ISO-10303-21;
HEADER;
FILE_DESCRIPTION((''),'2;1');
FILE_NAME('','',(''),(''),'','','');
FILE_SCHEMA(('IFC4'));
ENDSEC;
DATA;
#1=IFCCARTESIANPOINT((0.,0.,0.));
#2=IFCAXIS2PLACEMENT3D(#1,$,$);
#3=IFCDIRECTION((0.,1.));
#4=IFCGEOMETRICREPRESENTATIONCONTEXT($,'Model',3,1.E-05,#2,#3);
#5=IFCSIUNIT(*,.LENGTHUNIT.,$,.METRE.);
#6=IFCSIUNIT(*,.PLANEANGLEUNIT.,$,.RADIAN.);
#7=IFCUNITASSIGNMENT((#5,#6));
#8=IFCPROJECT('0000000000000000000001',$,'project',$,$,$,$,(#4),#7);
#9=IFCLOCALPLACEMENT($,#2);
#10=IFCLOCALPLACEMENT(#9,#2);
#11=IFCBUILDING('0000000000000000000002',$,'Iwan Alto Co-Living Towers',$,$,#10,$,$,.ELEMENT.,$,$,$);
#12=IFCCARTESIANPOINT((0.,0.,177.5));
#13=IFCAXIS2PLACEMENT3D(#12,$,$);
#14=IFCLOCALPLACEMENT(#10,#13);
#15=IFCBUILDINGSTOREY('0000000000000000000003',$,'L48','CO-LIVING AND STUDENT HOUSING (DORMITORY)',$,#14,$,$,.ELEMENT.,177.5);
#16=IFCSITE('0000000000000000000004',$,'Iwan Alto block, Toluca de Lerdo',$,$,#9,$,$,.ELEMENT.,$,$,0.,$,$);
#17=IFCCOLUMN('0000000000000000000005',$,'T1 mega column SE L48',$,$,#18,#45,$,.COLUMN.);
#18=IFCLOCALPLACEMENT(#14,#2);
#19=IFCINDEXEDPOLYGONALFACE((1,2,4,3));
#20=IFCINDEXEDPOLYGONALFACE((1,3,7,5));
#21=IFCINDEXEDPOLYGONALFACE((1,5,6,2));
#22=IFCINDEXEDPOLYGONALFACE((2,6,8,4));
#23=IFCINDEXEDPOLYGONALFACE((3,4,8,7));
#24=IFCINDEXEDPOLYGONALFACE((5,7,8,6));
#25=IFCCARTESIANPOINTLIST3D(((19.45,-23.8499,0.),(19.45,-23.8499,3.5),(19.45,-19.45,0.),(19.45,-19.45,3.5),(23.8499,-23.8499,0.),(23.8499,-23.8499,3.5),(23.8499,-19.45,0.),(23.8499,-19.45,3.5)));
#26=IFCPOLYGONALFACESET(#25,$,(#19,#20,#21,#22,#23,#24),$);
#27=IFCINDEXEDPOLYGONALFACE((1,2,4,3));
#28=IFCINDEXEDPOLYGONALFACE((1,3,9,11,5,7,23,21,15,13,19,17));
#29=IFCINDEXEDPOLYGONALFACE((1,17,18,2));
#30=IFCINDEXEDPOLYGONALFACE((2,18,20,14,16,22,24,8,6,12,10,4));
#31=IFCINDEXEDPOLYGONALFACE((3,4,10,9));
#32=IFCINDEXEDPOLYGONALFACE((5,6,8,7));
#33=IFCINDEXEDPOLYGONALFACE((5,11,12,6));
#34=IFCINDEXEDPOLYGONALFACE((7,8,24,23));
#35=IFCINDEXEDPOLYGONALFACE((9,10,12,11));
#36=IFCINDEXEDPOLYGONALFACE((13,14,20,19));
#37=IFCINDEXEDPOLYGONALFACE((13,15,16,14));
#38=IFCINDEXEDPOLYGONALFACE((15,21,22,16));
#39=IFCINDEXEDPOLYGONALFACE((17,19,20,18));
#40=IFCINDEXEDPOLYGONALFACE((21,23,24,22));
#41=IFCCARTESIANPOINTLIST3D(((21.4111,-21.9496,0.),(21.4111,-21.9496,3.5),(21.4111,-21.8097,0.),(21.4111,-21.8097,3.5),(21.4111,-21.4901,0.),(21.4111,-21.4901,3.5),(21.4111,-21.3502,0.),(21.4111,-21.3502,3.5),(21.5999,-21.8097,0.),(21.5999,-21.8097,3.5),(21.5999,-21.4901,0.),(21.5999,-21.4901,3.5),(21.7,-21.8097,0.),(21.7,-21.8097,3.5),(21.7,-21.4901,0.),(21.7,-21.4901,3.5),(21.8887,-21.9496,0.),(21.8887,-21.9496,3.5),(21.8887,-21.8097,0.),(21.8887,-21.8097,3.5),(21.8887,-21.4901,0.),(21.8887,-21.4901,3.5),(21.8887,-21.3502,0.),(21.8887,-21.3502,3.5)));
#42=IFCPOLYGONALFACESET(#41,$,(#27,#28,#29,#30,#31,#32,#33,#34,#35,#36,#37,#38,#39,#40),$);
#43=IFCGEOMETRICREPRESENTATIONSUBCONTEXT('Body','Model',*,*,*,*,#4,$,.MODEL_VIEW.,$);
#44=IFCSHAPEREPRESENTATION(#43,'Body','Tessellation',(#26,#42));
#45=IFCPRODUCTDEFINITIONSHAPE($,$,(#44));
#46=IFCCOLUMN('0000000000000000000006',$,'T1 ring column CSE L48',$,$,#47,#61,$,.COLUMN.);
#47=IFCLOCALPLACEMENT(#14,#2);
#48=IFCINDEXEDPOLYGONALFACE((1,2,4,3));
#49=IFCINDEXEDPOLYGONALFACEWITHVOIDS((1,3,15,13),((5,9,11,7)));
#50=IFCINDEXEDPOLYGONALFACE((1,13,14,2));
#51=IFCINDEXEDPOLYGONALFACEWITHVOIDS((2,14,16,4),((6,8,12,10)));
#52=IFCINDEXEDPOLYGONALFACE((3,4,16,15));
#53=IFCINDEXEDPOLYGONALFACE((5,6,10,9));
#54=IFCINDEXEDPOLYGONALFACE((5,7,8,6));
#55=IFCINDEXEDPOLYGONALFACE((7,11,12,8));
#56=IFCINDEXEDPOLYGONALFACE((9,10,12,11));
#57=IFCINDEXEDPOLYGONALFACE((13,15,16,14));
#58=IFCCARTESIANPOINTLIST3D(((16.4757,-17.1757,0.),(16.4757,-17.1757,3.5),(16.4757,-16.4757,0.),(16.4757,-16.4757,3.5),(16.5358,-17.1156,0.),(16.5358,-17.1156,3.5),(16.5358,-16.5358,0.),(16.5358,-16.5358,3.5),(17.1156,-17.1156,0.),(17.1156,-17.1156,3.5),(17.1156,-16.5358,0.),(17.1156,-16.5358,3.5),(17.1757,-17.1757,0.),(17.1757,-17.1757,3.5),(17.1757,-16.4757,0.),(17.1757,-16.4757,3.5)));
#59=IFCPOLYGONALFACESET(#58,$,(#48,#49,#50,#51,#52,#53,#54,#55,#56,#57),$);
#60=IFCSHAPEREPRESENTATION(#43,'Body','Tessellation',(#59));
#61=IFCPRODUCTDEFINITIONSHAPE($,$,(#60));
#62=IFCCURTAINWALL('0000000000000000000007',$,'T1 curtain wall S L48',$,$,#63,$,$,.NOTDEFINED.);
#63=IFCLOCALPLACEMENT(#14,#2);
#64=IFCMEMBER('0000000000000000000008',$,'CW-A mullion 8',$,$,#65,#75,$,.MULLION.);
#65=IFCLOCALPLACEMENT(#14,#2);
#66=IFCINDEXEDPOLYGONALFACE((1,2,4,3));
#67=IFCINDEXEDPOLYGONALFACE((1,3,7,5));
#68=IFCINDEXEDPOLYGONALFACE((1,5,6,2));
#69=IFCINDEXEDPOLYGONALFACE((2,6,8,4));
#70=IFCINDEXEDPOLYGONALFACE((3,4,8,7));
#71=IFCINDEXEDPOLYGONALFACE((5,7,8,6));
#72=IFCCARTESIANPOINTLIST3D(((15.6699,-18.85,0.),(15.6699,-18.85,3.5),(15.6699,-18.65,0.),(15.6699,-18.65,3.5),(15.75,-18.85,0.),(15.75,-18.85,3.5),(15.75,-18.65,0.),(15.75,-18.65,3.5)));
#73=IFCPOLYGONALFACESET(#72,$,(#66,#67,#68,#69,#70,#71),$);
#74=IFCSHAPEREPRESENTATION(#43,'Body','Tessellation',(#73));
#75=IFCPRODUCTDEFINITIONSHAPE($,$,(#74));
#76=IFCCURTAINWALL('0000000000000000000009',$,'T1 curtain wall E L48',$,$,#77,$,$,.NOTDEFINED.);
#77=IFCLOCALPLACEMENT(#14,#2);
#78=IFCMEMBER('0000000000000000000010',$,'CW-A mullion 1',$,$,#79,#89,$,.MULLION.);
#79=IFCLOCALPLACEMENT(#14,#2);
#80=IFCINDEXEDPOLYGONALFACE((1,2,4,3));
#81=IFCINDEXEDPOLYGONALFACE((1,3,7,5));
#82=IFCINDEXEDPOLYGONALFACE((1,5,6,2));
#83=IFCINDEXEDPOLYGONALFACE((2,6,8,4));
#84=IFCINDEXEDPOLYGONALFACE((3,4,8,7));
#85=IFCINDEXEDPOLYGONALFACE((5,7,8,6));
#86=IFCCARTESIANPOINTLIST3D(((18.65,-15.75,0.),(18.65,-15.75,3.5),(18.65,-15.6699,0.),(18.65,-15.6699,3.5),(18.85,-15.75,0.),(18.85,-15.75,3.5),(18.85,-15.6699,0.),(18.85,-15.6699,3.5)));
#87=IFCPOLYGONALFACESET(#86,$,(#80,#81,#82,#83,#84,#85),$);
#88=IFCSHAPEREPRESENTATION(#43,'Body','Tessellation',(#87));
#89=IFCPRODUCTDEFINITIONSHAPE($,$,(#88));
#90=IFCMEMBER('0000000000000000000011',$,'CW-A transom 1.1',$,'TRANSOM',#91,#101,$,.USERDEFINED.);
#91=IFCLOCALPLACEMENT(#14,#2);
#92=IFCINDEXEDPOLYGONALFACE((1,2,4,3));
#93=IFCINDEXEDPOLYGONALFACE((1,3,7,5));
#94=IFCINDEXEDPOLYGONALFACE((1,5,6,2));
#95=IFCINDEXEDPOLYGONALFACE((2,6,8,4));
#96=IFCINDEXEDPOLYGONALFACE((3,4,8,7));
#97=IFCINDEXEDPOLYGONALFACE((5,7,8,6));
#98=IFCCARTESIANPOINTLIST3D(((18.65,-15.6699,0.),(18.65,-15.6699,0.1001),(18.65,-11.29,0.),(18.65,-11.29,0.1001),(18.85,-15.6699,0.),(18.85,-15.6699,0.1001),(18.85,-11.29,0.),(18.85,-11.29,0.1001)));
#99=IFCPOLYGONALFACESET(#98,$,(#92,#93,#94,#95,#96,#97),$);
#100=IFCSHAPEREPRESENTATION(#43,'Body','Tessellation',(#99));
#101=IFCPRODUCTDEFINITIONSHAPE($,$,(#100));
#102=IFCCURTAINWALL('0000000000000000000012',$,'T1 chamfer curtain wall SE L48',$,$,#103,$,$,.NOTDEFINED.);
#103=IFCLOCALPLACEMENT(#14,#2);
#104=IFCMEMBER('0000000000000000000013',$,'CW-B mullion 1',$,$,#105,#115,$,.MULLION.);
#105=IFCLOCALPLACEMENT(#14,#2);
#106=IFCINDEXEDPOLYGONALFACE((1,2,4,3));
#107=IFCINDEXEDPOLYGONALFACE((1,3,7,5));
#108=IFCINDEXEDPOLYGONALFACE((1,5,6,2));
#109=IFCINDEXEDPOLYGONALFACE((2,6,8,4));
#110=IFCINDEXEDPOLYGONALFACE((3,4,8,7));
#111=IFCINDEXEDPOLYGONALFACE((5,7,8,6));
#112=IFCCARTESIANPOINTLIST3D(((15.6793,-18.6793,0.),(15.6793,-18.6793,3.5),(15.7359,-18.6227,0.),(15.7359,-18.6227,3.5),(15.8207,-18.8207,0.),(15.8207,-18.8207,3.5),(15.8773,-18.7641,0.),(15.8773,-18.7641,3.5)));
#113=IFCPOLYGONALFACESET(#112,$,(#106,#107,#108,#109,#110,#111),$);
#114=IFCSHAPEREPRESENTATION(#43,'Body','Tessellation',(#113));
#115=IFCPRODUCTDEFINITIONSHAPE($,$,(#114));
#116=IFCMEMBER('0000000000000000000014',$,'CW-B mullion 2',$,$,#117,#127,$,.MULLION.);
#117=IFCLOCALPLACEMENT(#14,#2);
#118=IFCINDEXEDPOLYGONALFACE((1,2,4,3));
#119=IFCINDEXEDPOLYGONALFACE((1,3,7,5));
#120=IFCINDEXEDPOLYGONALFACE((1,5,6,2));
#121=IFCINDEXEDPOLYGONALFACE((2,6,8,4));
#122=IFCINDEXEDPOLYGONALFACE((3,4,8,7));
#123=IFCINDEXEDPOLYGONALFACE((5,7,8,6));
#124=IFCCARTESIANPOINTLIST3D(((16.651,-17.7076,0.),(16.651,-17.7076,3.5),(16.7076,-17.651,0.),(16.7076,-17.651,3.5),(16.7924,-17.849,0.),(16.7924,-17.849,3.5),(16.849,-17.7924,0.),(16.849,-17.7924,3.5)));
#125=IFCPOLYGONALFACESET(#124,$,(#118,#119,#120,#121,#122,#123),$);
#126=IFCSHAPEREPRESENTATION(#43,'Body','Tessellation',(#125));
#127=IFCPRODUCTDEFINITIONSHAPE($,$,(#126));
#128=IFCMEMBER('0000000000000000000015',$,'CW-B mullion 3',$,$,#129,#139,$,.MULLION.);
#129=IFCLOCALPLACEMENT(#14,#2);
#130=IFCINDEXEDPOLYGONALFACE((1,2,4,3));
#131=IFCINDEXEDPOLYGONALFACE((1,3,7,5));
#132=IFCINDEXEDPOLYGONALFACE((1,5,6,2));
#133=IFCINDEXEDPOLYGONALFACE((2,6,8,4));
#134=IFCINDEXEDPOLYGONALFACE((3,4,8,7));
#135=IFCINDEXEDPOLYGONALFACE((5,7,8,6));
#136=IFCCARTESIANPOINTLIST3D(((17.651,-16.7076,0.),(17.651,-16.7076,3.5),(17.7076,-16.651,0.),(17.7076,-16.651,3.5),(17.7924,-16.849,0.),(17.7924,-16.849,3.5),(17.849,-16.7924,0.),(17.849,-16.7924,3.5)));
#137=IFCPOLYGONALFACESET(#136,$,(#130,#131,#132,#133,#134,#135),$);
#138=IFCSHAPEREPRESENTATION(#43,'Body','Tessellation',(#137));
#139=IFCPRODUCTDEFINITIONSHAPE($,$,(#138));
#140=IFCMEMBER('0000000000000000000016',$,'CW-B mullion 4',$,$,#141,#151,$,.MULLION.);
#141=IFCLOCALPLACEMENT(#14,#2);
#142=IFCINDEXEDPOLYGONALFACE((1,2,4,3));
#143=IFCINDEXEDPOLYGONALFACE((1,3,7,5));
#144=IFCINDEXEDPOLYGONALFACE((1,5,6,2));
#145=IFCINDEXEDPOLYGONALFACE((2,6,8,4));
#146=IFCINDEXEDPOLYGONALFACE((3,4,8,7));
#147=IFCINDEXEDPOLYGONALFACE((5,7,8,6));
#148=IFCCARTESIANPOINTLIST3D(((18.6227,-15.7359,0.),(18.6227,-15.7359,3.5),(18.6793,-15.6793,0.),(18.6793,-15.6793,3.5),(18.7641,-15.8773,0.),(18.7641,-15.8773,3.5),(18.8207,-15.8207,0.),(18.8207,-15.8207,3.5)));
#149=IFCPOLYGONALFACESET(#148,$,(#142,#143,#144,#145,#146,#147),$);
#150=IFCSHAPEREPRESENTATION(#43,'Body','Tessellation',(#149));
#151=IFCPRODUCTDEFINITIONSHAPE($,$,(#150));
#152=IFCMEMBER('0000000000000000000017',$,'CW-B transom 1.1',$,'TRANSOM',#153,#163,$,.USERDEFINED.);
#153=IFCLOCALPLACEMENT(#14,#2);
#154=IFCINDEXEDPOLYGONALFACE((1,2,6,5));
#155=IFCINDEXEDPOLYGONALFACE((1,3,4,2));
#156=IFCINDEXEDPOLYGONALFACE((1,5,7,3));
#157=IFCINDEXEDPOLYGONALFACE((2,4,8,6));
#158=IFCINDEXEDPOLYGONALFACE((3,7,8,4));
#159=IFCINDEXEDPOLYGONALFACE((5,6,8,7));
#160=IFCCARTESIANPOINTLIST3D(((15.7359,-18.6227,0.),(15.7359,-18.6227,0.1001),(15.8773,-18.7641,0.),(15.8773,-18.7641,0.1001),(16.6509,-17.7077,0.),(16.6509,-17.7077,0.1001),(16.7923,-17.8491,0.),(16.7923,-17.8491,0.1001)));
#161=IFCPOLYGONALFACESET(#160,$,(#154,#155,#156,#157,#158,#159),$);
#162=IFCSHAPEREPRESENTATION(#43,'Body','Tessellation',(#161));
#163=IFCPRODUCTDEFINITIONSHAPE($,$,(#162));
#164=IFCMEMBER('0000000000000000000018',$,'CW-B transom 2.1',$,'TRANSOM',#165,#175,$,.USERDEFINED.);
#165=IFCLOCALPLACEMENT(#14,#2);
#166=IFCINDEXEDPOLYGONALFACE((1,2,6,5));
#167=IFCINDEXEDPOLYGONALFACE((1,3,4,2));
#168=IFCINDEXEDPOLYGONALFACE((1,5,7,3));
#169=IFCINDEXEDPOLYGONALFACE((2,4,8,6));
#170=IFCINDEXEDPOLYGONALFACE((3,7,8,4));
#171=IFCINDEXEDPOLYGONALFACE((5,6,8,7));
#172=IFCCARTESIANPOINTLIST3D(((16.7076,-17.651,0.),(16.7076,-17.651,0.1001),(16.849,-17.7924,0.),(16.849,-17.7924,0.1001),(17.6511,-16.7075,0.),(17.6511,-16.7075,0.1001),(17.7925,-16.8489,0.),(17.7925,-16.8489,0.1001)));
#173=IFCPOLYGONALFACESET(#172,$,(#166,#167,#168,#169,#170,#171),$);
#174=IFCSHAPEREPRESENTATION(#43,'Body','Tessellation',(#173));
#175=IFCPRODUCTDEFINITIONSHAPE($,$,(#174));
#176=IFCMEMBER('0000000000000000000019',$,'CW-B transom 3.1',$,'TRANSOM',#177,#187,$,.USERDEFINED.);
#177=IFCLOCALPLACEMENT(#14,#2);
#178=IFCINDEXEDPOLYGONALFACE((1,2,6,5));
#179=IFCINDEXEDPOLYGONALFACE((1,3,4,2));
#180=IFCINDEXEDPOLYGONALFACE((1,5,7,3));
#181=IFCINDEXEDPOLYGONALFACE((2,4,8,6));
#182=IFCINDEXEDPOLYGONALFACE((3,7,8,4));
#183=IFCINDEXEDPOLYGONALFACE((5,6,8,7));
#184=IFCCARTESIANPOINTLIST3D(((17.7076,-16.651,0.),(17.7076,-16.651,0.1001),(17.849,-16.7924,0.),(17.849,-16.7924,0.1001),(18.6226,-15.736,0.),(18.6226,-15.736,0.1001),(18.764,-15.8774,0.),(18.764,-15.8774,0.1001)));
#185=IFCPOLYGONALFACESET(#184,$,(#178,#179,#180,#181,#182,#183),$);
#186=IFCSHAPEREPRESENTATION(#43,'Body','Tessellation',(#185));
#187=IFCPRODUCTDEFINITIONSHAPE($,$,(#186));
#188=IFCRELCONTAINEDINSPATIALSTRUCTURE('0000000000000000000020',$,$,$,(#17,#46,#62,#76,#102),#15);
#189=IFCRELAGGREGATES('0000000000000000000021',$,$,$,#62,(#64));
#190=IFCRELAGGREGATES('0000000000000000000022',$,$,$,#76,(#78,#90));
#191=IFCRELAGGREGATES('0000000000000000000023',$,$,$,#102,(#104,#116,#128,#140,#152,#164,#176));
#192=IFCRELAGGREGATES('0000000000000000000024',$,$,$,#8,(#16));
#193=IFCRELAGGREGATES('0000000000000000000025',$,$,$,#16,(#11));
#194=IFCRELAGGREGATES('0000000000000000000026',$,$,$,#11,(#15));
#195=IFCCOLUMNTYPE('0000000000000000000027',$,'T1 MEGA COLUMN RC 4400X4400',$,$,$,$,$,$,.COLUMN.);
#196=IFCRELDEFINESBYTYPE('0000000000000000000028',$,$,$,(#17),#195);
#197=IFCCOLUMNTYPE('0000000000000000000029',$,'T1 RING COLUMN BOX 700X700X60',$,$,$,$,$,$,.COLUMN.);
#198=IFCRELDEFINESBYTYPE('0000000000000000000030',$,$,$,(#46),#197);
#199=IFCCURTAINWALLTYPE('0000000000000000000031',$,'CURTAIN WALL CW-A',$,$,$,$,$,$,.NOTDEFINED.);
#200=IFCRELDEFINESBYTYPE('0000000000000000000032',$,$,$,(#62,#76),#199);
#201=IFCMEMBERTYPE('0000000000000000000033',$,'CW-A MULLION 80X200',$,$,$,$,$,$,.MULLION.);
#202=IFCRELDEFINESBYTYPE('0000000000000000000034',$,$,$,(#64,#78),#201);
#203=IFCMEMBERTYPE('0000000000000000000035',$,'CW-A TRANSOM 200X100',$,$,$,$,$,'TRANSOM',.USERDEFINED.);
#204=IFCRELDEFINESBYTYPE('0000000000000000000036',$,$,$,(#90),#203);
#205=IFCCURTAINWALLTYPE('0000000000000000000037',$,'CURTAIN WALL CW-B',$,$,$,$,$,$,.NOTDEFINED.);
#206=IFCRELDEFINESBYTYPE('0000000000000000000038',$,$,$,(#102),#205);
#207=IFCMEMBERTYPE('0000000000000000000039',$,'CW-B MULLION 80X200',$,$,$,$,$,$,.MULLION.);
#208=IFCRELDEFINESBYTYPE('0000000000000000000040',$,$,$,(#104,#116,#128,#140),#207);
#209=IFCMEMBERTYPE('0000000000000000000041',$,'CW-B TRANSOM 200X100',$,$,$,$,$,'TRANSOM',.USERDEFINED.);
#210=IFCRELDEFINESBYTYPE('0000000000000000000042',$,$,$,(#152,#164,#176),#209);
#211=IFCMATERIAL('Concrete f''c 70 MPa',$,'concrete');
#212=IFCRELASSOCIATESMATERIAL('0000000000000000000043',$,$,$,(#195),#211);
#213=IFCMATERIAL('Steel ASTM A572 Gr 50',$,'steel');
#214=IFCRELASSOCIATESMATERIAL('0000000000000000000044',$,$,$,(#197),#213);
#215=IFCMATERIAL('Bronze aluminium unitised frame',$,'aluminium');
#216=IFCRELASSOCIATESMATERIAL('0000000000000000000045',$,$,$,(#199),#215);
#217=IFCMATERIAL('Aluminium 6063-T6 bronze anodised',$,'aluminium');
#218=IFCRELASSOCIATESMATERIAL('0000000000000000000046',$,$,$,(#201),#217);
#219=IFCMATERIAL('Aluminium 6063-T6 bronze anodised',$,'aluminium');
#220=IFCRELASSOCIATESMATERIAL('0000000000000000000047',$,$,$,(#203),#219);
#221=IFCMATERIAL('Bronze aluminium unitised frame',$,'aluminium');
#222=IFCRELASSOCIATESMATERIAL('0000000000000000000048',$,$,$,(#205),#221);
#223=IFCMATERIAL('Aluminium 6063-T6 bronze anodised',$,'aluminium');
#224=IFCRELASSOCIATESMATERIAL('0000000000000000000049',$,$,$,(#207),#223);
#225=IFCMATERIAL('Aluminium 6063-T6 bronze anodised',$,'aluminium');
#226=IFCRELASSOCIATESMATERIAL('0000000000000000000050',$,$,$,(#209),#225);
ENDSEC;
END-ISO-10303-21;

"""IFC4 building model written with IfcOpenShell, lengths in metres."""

from ifc_helpers import new_model, si_unit, direction, frame, origin, origin_2d, place, context, subcontext, project, spatial, rectangle, hollow_rectangle, i_section, extrude, material, material_profile, profile_set, type_object, element, aggregate, save


model = new_model("IFC4")

# Units and contexts
model_context = context("Model", 3, precision=1e-05, world=origin(), true_north=direction((0.0, 1.0)))
body_context = subcontext(model_context, "Body", "Model", "MODEL_VIEW")
ifc_project = project(units=[si_unit("LENGTHUNIT", "METRE"), si_unit("PLANEANGLEUNIT", "RADIAN")], contexts=[model_context])

# Site, building, storey
site_placement = place(None, origin())
site = spatial("IfcSite", under=ifc_project, at=site_placement, Name="Iwan Alto block, Toluca de Lerdo", CompositionType="ELEMENT", RefElevation=0.0)
building_placement = place(site_placement, origin())
building = spatial("IfcBuilding", under=site, at=building_placement, Name="Iwan Alto Co-Living Towers", CompositionType="ELEMENT")
storey_placement = place(building_placement, frame((0.0, 0.0, 177.5)))
storey = spatial("IfcBuildingStorey", under=building, at=storey_placement, Name="L48", Description="CO-LIVING AND STUDENT HOUSING (DORMITORY)", CompositionType="ELEMENT", Elevation=177.5)

# Columns
ifc_material_1 = material(Name="Concrete f'c 70 MPa", Category="concrete")
ifc_material_profile_1 = material_profile(ifc_material_1, rectangle(XDim=4.3999, YDim=4.3999, at=origin_2d()), Name="RC 4400X4400")
ifc_profile_set_1 = profile_set([ifc_material_profile_1], Name="Concrete f'c 70 MPa")
column_type_1 = type_object("IfcColumnType", Name="T1 MEGA COLUMN RC 4400X4400", PredefinedType="COLUMN", material=ifc_profile_set_1)
column_1_placement = place(storey_placement, frame((21.6499, -21.6499, 0.0), z_axis=(0.0, 0.0, 1.0), x_axis=(1.0, 0.0, 0.0)))
element("IfcColumn", 1, at=column_1_placement, inside=storey, type_object=column_type_1, Name="T1 mega column SE L48", PredefinedType="COLUMN", context=body_context, shape_type="SweptSolid", body=[
    extrude(rectangle(XDim=4.3999, YDim=4.3999, at=origin_2d()), origin(), (0.0, 0.0, 1.0), 3.5),
    extrude(i_section(OverallWidth=0.4775, OverallDepth=0.5994, WebThickness=0.1001, FlangeThickness=0.1399, at=origin_2d()), origin(), (0.0, 0.0, 1.0), 3.5),
])
ifc_material_2 = material(Name="Steel ASTM A572 Gr 50", Category="steel")
ifc_material_profile_2 = material_profile(ifc_material_2, hollow_rectangle(XDim=0.7, YDim=0.7, WallThickness=0.0601, at=origin_2d()), Name="BOX 700X700X60")
ifc_profile_set_2 = profile_set([ifc_material_profile_2], Name="Steel ASTM A572 Gr 50")
column_type_2 = type_object("IfcColumnType", Name="T1 RING COLUMN BOX 700X700X60", PredefinedType="COLUMN", material=ifc_profile_set_2)
column_2_placement = place(storey_placement, frame((16.8257, -16.8257, 0.0), z_axis=(0.0, 0.0, 1.0), x_axis=(1.0, 0.0, 0.0)))
element("IfcColumn", 2, at=column_2_placement, inside=storey, type_object=column_type_2, Name="T1 ring column CSE L48", PredefinedType="COLUMN", context=body_context, shape_type="SweptSolid", body=[
    extrude(hollow_rectangle(XDim=0.7, YDim=0.7, WallThickness=0.0601, at=origin_2d()), origin(), (0.0, 0.0, 1.0), 3.5),
])

# Curtain wall, member
ifc_material_3 = material(Name="Bronze aluminium unitised frame", Category="aluminium")
curtain_wall_type_1 = type_object("IfcCurtainWallType", Name="CURTAIN WALL CW-A", PredefinedType="NOTDEFINED", material=ifc_material_3)
curtain_wall_1_placement = place(storey_placement, origin())
curtain_wall_1 = element("IfcCurtainWall", 3, at=curtain_wall_1_placement, inside=storey, type_object=curtain_wall_type_1, Name="T1 curtain wall S L48", PredefinedType="NOTDEFINED")
ifc_material_4 = material(Name="Aluminium 6063-T6 bronze anodised", Category="aluminium")
ifc_material_profile_3 = material_profile(ifc_material_4, rectangle(XDim=0.2, YDim=0.0801, at=origin_2d()), Name="AL 80X200")
ifc_profile_set_3 = profile_set([ifc_material_profile_3], Name="Aluminium 6063-T6 bronze anodised")
member_type_1 = type_object("IfcMemberType", Name="CW-A MULLION 80X200", PredefinedType="MULLION", material=ifc_profile_set_3)
member_1_placement = place(storey_placement, frame((15.71, -18.75, 0.0), z_axis=(0.0, 0.0, 1.0), x_axis=(0.0, 1.0, 0.0)))
member_1 = element("IfcMember", 4, at=member_1_placement, type_object=member_type_1, Name="CW-A mullion 8", PredefinedType="MULLION", context=body_context, shape_type="SweptSolid", body=[
    extrude(rectangle(XDim=0.2, YDim=0.0801, at=origin_2d()), origin(), (0.0, 0.0, 1.0), 3.5),
])

# Curtain walls, members
curtain_wall_2_placement = place(storey_placement, origin())
curtain_wall_2 = element("IfcCurtainWall", 5, at=curtain_wall_2_placement, inside=storey, type_object=curtain_wall_type_1, Name="T1 curtain wall E L48", PredefinedType="NOTDEFINED")
member_2_placement = place(storey_placement, frame((18.75, -15.71, 0.0), z_axis=(0.0, 0.0, 1.0), x_axis=(-1.0, 0.0, 0.0)))
member_2 = element("IfcMember", 6, at=member_2_placement, type_object=member_type_1, Name="CW-A mullion 1", PredefinedType="MULLION", context=body_context, shape_type="SweptSolid", body=[
    extrude(rectangle(XDim=0.2, YDim=0.0801, at=origin_2d()), origin(), (0.0, 0.0, 1.0), 3.5),
])
ifc_material_5 = material(Name="Aluminium 6063-T6 bronze anodised", Category="aluminium")
ifc_material_profile_4 = material_profile(ifc_material_5, rectangle(XDim=0.2, YDim=0.1001, at=origin_2d()), Name="AL 200X100")
ifc_profile_set_4 = profile_set([ifc_material_profile_4], Name="Aluminium 6063-T6 bronze anodised")
member_type_2 = type_object("IfcMemberType", Name="CW-A TRANSOM 200X100", ElementType="TRANSOM", PredefinedType="USERDEFINED", material=ifc_profile_set_4)
member_3_placement = place(storey_placement, frame((18.75, -15.6699, 0.05), z_axis=(0.0, 1.0, 0.0), x_axis=(-1.0, 0.0, 0.0)))
member_3 = element("IfcMember", 7, at=member_3_placement, type_object=member_type_2, Name="CW-A transom 1.1", ObjectType="TRANSOM", PredefinedType="USERDEFINED", context=body_context, shape_type="SweptSolid", body=[
    extrude(rectangle(XDim=0.2, YDim=0.1001, at=origin_2d()), origin(), (0.0, 0.0, 1.0), 4.3799),
])
ifc_material_6 = material(Name="Bronze aluminium unitised frame", Category="aluminium")
curtain_wall_type_2 = type_object("IfcCurtainWallType", Name="CURTAIN WALL CW-B", PredefinedType="NOTDEFINED", material=ifc_material_6)
curtain_wall_3_placement = place(storey_placement, origin())
curtain_wall_3 = element("IfcCurtainWall", 8, at=curtain_wall_3_placement, inside=storey, type_object=curtain_wall_type_2, Name="T1 chamfer curtain wall SE L48", PredefinedType="NOTDEFINED")
ifc_material_7 = material(Name="Aluminium 6063-T6 bronze anodised", Category="aluminium")
ifc_material_profile_5 = material_profile(ifc_material_7, rectangle(XDim=0.2, YDim=0.0801, at=origin_2d()), Name="AL 80X200")
ifc_profile_set_5 = profile_set([ifc_material_profile_5], Name="Aluminium 6063-T6 bronze anodised")
member_type_3 = type_object("IfcMemberType", Name="CW-B MULLION 80X200", PredefinedType="MULLION", material=ifc_profile_set_5)
member_4_placement = place(storey_placement, frame((15.7783, -18.7217, 0.0), z_axis=(0.0, 0.0, 1.0), x_axis=(-0.707107, 0.707107, 0.0)))
member_4 = element("IfcMember", 9, at=member_4_placement, type_object=member_type_3, Name="CW-B mullion 1", PredefinedType="MULLION", context=body_context, shape_type="SweptSolid", body=[
    extrude(rectangle(XDim=0.2, YDim=0.0801, at=origin_2d()), origin(), (0.0, 0.0, 1.0), 3.5),
])
member_5_placement = place(storey_placement, frame((16.75, -17.75, 0.0), z_axis=(0.0, 0.0, 1.0), x_axis=(-0.707107, 0.707107, 0.0)))
member_5 = element("IfcMember", 10, at=member_5_placement, type_object=member_type_3, Name="CW-B mullion 2", PredefinedType="MULLION", context=body_context, shape_type="SweptSolid", body=[
    extrude(rectangle(XDim=0.2, YDim=0.0801, at=origin_2d()), origin(), (0.0, 0.0, 1.0), 3.5),
])
member_6_placement = place(storey_placement, frame((17.75, -16.75, 0.0), z_axis=(0.0, 0.0, 1.0), x_axis=(-0.707107, 0.707107, 0.0)))
member_6 = element("IfcMember", 11, at=member_6_placement, type_object=member_type_3, Name="CW-B mullion 3", PredefinedType="MULLION", context=body_context, shape_type="SweptSolid", body=[
    extrude(rectangle(XDim=0.2, YDim=0.0801, at=origin_2d()), origin(), (0.0, 0.0, 1.0), 3.5),
])
member_7_placement = place(storey_placement, frame((18.7217, -15.7783, 0.0), z_axis=(0.0, 0.0, 1.0), x_axis=(-0.707107, 0.707107, 0.0)))
member_7 = element("IfcMember", 12, at=member_7_placement, type_object=member_type_3, Name="CW-B mullion 4", PredefinedType="MULLION", context=body_context, shape_type="SweptSolid", body=[
    extrude(rectangle(XDim=0.2, YDim=0.0801, at=origin_2d()), origin(), (0.0, 0.0, 1.0), 3.5),
])
ifc_material_8 = material(Name="Aluminium 6063-T6 bronze anodised", Category="aluminium")
ifc_material_profile_6 = material_profile(ifc_material_8, rectangle(XDim=0.2, YDim=0.1001, at=origin_2d()), Name="AL 200X100")
ifc_profile_set_6 = profile_set([ifc_material_profile_6], Name="Aluminium 6063-T6 bronze anodised")
member_type_4 = type_object("IfcMemberType", Name="CW-B TRANSOM 200X100", ElementType="TRANSOM", PredefinedType="USERDEFINED", material=ifc_profile_set_6)
member_8_placement = place(storey_placement, frame((15.8066, -18.6934, 0.05), z_axis=(0.707107, 0.707107, 0.0), x_axis=(-0.707107, 0.707107, 0.0)))
member_8 = element("IfcMember", 13, at=member_8_placement, type_object=member_type_4, Name="CW-B transom 1.1", ObjectType="TRANSOM", PredefinedType="USERDEFINED", context=body_context, shape_type="SweptSolid", body=[
    extrude(rectangle(XDim=0.2, YDim=0.1001, at=origin_2d()), origin(), (0.0, 0.0, 1.0), 1.2939),
])
member_9_placement = place(storey_placement, frame((16.7783, -17.7217, 0.05), z_axis=(0.707107, 0.707107, 0.0), x_axis=(-0.707107, 0.707107, 0.0)))
member_9 = element("IfcMember", 14, at=member_9_placement, type_object=member_type_4, Name="CW-B transom 2.1", ObjectType="TRANSOM", PredefinedType="USERDEFINED", context=body_context, shape_type="SweptSolid", body=[
    extrude(rectangle(XDim=0.2, YDim=0.1001, at=origin_2d()), origin(), (0.0, 0.0, 1.0), 1.3342),
])
member_10_placement = place(storey_placement, frame((17.7783, -16.7217, 0.05), z_axis=(0.707107, 0.707107, 0.0), x_axis=(-0.707107, 0.707107, 0.0)))
member_10 = element("IfcMember", 15, at=member_10_placement, type_object=member_type_4, Name="CW-B transom 3.1", ObjectType="TRANSOM", PredefinedType="USERDEFINED", context=body_context, shape_type="SweptSolid", body=[
    extrude(rectangle(XDim=0.2, YDim=0.1001, at=origin_2d()), origin(), (0.0, 0.0, 1.0), 1.2939),
])

aggregate(curtain_wall_1, [member_1])
aggregate(curtain_wall_2, [member_2, member_3])
aggregate(curtain_wall_3, [member_4, member_5, member_6, member_7, member_8, member_9, member_10])

save(model, "model.ifc")
